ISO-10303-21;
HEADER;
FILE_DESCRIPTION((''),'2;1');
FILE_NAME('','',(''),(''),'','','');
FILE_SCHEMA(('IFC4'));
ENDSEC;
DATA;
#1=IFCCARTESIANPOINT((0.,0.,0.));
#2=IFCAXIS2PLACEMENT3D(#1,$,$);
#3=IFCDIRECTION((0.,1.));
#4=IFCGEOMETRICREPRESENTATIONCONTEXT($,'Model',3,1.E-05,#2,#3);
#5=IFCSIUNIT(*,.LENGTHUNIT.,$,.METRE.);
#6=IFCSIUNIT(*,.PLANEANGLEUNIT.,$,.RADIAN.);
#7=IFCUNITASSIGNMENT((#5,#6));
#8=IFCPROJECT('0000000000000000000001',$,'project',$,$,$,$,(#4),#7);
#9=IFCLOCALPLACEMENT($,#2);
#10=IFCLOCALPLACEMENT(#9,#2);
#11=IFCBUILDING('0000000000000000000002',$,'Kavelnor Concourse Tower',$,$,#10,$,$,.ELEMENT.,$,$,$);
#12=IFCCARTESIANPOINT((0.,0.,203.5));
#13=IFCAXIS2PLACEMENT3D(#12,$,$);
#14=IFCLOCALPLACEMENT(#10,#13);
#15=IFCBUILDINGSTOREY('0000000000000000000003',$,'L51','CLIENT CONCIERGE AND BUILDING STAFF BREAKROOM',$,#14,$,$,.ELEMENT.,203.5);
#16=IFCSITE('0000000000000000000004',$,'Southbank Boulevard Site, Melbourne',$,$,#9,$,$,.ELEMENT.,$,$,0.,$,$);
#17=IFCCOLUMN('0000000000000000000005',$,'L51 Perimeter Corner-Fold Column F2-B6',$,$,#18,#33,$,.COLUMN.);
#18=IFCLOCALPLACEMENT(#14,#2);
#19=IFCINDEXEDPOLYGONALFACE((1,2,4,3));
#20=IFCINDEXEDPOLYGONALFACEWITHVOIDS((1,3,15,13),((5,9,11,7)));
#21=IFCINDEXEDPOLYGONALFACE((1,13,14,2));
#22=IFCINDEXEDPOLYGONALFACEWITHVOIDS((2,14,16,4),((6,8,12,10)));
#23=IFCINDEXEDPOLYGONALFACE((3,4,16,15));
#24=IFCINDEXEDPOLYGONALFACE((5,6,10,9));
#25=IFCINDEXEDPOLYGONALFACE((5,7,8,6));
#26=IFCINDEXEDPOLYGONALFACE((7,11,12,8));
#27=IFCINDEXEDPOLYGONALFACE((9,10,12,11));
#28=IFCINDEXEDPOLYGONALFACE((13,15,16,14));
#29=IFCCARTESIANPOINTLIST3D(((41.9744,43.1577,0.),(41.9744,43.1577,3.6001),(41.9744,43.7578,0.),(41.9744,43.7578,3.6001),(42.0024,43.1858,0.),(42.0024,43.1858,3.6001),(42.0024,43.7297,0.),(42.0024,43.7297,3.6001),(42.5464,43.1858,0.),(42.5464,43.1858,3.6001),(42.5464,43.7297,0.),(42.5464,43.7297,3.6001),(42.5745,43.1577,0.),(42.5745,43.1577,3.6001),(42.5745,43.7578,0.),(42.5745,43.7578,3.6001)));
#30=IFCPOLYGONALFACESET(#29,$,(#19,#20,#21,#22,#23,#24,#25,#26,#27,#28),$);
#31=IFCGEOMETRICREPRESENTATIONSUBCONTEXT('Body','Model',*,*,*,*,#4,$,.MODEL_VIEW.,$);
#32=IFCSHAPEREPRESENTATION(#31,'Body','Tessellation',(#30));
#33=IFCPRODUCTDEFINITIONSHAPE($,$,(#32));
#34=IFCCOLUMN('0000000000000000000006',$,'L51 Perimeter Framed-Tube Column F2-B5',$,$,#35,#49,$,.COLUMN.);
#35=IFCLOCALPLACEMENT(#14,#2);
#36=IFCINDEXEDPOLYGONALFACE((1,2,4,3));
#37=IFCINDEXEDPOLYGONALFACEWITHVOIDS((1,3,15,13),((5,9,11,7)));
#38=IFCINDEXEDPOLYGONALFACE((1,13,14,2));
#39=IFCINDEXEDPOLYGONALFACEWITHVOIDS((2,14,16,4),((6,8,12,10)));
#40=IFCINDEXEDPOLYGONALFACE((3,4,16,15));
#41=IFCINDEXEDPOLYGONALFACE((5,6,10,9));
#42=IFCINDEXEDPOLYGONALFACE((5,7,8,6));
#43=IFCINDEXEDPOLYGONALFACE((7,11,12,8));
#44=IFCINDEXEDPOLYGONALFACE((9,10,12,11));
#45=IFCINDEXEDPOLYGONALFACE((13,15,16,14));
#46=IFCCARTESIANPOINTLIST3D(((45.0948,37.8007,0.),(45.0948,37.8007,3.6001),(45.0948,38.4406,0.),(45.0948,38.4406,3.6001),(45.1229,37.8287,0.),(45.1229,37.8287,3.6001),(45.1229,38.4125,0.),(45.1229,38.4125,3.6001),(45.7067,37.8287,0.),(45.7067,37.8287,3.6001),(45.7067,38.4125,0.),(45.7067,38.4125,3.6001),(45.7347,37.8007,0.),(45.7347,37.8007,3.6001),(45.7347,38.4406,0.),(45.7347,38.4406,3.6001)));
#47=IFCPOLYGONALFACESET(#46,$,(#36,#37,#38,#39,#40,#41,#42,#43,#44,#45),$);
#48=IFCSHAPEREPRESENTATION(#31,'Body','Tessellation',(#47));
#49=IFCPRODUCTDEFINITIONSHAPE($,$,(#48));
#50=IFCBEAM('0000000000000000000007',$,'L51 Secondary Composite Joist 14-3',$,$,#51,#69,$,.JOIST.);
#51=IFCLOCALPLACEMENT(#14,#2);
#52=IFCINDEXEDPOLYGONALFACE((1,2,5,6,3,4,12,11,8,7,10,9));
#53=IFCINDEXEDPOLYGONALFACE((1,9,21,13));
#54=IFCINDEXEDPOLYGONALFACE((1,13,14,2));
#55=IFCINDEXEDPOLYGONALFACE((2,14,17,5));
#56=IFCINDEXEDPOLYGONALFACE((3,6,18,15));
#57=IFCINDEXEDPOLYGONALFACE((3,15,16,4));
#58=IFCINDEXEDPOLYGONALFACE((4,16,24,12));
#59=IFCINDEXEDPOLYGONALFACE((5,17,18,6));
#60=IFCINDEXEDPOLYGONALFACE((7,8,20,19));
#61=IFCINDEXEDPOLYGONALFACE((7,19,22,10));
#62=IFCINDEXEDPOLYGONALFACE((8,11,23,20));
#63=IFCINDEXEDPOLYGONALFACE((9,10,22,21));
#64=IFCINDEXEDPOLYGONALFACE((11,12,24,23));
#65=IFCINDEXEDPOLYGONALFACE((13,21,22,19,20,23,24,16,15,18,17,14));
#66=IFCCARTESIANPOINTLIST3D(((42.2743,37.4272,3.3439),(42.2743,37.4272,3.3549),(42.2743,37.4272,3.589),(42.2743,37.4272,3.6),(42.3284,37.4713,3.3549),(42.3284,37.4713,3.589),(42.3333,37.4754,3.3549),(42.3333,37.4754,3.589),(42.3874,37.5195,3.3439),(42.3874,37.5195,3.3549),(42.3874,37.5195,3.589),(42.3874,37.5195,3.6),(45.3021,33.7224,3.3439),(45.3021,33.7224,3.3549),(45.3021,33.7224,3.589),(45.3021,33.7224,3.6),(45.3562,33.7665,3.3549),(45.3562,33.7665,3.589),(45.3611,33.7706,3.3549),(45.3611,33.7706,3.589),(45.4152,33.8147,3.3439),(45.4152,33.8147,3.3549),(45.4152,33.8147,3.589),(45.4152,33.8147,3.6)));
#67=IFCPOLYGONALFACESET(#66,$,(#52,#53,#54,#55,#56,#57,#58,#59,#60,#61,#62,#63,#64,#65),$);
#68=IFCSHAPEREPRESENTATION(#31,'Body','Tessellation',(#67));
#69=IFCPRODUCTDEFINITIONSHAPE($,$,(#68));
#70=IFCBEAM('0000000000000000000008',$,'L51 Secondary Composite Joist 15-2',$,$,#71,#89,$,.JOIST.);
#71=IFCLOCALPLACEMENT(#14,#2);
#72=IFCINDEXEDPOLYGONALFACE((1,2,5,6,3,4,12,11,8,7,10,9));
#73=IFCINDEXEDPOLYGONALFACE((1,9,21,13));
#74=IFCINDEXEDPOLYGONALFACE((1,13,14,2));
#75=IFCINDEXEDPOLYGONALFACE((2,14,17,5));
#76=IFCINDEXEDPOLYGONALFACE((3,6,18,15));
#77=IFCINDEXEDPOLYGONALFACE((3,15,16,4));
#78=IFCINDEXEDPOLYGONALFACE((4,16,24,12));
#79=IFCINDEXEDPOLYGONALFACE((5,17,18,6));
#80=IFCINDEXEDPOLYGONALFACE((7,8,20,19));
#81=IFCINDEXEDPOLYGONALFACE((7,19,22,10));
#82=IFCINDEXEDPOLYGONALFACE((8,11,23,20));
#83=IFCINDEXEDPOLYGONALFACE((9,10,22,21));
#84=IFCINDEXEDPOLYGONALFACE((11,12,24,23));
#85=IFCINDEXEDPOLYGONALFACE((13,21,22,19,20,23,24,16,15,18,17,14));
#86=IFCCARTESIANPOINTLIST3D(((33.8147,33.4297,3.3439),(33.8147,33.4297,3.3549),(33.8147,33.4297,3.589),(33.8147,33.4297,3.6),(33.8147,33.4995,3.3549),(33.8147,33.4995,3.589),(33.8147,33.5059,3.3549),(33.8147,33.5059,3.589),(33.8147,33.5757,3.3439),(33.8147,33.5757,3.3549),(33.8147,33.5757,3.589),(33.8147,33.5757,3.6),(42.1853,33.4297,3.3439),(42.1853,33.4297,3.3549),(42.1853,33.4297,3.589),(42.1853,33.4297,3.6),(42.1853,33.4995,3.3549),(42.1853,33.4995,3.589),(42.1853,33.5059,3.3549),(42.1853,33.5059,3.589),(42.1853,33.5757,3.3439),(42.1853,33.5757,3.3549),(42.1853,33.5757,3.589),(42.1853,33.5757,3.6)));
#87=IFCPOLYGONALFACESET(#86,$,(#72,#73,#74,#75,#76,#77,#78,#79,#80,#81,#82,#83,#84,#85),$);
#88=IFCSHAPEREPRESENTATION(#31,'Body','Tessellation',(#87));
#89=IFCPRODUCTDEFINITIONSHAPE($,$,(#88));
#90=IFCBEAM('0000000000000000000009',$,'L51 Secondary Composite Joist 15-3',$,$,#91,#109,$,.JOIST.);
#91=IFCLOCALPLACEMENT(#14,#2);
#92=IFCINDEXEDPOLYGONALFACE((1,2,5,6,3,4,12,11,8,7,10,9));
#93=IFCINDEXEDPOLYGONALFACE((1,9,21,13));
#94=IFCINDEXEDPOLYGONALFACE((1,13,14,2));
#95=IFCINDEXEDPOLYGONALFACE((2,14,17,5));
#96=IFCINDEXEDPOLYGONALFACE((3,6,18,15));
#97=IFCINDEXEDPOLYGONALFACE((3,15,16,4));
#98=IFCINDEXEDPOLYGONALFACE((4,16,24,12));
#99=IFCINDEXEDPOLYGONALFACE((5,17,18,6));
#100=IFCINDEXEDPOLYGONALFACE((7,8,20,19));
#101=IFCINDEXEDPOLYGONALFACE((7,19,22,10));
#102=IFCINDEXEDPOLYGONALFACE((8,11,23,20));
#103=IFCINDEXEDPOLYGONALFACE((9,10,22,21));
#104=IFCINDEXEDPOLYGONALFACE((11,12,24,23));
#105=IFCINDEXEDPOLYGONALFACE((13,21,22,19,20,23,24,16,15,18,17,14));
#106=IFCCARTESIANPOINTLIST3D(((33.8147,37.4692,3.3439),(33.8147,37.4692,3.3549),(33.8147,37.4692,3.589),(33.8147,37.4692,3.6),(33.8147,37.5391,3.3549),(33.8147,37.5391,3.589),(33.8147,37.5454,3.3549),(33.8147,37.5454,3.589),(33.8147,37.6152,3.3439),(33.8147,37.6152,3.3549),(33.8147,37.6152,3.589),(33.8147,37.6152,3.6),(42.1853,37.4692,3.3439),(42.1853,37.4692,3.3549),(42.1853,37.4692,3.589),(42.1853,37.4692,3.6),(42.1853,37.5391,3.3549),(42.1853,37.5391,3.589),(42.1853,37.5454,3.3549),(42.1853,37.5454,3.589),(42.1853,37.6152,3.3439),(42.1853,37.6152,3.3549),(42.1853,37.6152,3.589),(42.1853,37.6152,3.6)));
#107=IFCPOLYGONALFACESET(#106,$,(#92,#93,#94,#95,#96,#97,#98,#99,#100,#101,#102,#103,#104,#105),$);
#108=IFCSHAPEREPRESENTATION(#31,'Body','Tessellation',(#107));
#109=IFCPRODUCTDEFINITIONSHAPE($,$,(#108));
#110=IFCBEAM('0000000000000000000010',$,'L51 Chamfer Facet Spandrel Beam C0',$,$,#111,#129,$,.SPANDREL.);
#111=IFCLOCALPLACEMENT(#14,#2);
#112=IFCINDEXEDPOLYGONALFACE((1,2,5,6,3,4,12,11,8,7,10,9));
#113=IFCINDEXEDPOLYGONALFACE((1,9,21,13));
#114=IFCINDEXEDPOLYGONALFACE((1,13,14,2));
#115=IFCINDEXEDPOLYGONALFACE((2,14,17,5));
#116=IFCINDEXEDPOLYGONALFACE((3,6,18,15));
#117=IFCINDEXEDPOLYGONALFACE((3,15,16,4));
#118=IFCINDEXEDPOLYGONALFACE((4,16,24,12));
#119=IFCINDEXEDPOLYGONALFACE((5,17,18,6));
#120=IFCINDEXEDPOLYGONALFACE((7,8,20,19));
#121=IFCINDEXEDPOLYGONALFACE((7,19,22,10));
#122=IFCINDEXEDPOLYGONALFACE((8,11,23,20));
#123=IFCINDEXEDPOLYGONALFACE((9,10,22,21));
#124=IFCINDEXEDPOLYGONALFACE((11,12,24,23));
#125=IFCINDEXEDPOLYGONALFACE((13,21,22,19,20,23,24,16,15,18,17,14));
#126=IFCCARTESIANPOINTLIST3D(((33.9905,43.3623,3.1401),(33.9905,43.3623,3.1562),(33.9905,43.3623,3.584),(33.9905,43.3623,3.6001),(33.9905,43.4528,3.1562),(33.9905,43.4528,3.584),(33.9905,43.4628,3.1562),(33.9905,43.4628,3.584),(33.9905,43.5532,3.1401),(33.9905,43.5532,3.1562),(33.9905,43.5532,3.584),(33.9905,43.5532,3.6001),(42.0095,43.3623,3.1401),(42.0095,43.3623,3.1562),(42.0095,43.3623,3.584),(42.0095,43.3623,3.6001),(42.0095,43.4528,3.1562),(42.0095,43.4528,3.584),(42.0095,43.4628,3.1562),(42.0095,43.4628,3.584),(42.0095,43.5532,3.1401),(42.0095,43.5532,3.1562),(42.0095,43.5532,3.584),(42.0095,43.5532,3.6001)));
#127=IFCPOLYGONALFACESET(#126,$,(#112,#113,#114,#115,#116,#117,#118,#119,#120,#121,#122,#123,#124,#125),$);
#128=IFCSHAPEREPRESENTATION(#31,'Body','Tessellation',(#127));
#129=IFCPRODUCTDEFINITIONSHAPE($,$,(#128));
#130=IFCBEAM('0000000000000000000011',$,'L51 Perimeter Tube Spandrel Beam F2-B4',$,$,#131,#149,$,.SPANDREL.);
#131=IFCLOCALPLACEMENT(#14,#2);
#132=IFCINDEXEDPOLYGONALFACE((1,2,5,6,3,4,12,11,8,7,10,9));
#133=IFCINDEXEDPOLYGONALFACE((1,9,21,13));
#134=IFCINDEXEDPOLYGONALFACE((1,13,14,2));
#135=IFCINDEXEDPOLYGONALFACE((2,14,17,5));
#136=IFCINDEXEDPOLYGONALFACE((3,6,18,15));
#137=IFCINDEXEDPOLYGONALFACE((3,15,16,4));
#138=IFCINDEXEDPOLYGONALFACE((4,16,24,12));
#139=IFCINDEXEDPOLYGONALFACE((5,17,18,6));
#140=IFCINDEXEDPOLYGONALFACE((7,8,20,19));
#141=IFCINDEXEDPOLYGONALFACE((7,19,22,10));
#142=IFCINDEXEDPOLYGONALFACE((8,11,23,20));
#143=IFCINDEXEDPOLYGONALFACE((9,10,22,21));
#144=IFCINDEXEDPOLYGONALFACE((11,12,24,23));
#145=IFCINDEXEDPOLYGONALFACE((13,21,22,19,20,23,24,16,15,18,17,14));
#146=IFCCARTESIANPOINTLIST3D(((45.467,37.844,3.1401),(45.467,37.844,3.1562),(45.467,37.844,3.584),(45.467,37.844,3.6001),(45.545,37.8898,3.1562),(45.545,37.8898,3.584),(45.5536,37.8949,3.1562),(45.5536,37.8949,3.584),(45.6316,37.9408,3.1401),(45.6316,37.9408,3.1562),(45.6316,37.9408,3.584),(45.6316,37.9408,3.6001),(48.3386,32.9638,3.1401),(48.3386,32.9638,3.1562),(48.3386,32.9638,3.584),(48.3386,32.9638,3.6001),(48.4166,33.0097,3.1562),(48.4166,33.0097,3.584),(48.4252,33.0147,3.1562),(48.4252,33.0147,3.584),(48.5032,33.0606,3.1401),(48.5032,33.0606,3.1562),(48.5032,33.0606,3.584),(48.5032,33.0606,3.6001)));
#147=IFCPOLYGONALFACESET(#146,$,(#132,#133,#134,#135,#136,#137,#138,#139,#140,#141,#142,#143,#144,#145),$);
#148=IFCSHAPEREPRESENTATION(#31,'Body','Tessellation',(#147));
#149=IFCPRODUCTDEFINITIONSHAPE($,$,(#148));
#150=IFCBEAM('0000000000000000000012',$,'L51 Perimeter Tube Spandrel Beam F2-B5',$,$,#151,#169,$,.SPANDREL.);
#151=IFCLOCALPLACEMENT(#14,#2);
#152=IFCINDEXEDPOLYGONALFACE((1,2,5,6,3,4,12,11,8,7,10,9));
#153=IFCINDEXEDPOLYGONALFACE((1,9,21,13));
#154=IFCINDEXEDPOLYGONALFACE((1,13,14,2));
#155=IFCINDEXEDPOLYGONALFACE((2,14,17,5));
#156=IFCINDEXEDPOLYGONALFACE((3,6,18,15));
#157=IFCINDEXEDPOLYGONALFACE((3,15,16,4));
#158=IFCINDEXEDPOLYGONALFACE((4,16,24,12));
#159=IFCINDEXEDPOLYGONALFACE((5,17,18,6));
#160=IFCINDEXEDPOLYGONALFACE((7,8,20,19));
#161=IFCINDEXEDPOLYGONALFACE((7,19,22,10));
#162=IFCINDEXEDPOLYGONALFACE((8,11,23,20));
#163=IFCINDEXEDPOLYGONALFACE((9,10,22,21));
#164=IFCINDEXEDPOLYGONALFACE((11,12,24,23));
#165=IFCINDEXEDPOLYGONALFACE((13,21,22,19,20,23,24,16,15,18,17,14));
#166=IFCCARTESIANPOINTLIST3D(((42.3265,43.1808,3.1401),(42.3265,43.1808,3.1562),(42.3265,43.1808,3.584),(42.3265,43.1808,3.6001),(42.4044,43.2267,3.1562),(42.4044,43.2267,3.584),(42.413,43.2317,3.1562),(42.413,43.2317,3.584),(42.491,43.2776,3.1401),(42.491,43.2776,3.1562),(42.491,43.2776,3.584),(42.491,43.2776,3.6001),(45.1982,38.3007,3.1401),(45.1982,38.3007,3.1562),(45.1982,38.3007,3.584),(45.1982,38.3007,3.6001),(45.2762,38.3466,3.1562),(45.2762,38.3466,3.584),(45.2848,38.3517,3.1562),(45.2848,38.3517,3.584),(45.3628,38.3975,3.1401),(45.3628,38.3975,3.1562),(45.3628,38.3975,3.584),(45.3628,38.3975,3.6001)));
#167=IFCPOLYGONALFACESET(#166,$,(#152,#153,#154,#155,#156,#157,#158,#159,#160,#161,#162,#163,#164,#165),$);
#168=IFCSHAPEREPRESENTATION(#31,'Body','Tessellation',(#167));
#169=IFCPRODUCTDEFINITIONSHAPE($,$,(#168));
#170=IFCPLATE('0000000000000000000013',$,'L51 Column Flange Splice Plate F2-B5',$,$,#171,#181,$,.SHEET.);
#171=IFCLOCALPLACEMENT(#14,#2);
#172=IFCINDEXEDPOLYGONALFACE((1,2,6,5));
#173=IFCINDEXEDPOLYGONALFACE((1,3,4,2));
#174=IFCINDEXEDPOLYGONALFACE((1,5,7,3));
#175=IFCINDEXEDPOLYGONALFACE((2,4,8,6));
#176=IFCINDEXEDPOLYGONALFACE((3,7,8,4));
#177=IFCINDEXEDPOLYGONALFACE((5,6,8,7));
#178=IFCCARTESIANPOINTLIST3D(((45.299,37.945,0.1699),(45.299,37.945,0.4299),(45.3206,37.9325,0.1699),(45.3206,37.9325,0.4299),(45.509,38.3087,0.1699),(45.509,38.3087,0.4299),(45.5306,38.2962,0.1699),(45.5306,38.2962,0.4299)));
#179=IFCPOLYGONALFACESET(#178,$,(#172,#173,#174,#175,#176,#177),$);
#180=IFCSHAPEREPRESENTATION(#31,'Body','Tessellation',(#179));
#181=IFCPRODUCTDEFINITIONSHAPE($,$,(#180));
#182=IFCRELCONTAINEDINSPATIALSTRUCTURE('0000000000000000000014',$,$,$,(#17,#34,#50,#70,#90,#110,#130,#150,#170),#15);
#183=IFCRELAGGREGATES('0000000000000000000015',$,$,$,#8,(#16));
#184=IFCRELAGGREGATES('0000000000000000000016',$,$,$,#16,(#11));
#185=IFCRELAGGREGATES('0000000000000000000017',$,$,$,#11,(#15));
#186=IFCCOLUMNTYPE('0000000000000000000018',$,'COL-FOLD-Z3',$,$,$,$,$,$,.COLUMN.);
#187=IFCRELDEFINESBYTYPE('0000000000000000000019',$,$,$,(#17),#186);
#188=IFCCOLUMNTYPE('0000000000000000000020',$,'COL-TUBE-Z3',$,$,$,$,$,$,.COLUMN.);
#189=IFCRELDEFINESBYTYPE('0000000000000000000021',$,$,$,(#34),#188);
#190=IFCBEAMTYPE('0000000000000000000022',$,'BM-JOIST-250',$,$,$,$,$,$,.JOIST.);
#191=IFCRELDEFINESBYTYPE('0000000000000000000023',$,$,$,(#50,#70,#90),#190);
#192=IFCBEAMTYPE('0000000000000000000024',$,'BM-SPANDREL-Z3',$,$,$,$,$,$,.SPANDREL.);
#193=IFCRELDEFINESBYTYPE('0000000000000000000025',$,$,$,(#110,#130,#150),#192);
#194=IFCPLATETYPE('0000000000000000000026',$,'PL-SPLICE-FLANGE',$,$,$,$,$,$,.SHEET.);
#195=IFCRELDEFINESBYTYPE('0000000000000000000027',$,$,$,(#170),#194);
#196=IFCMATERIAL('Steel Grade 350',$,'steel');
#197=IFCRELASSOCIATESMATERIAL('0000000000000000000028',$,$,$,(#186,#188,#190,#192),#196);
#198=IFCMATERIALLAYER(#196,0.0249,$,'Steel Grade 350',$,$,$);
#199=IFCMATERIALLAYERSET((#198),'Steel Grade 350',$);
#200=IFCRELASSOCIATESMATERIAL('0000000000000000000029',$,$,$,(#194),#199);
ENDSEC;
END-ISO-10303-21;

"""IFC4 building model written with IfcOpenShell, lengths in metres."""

from ifc_helpers import new_model, si_unit, direction, frame, origin, origin_2d, place, context, subcontext, project, spatial, rectangle, hollow_rectangle, i_section, extrude, material, layer, layer_set, material_profile, profile_set, type_object, element, save


model = new_model("IFC4")

# Units and contexts
model_context = context("Model", 3, precision=1e-05, world=origin(), true_north=direction((0.0, 1.0)))
body_context = subcontext(model_context, "Body", "Model", "MODEL_VIEW")
ifc_project = project(units=[si_unit("LENGTHUNIT", "METRE"), si_unit("PLANEANGLEUNIT", "RADIAN")], contexts=[model_context])

# Site, building, storey
site_placement = place(None, origin())
site = spatial("IfcSite", under=ifc_project, at=site_placement, Name="Southbank Boulevard Site, Melbourne", CompositionType="ELEMENT", RefElevation=0.0)
building_placement = place(site_placement, origin())
building = spatial("IfcBuilding", under=site, at=building_placement, Name="Kavelnor Concourse Tower", CompositionType="ELEMENT")
storey_placement = place(building_placement, frame((0.0, 0.0, 203.5)))
storey = spatial("IfcBuildingStorey", under=building, at=storey_placement, Name="L51", Description="CLIENT CONCIERGE AND BUILDING STAFF BREAKROOM", CompositionType="ELEMENT", Elevation=203.5)

# Columns
ifc_material_1 = material(Name="Steel Grade 350", Category="steel")
ifc_material_profile_1 = material_profile(ifc_material_1, hollow_rectangle(XDim=0.6001, YDim=0.6001, WallThickness=0.0281, at=origin_2d()), Name="SHS 600x600x28")
ifc_profile_set_1 = profile_set([ifc_material_profile_1], Name="Steel Grade 350")
column_type_1 = type_object("IfcColumnType", Name="COL-FOLD-Z3", PredefinedType="COLUMN", material=ifc_profile_set_1)
column_1_placement = place(storey_placement, frame((42.2744, 43.4578, 0.0), z_axis=(0.0, 0.0, 1.0), x_axis=(1.0, 0.0, 0.0)))
element("IfcColumn", 1, at=column_1_placement, inside=storey, type_object=column_type_1, Name="L51 Perimeter Corner-Fold Column F2-B6", PredefinedType="COLUMN", context=body_context, shape_type="SweptSolid", body=[
    extrude(hollow_rectangle(XDim=0.6001, YDim=0.6001, WallThickness=0.0281, at=origin_2d()), origin(), (0.0, 0.0, 1.0), 3.6001),
])
ifc_material_profile_2 = material_profile(ifc_material_1, hollow_rectangle(XDim=0.6399, YDim=0.6399, WallThickness=0.0281, at=origin_2d()), Name="SHS 640x640x28")
ifc_profile_set_2 = profile_set([ifc_material_profile_2], Name="Steel Grade 350")
column_type_2 = type_object("IfcColumnType", Name="COL-TUBE-Z3", PredefinedType="COLUMN", material=ifc_profile_set_2)
column_2_placement = place(storey_placement, frame((45.4148, 38.1206, 0.0), z_axis=(0.0, 0.0, 1.0), x_axis=(1.0, 0.0, 0.0)))
element("IfcColumn", 2, at=column_2_placement, inside=storey, type_object=column_type_2, Name="L51 Perimeter Framed-Tube Column F2-B5", PredefinedType="COLUMN", context=body_context, shape_type="SweptSolid", body=[
    extrude(hollow_rectangle(XDim=0.6399, YDim=0.6399, WallThickness=0.0281, at=origin_2d()), origin(), (0.0, 0.0, 1.0), 3.6001),
])

# Beams
ifc_material_profile_3 = material_profile(ifc_material_1, i_section(OverallWidth=0.146, OverallDepth=0.2561, WebThickness=0.0063, FlangeThickness=0.011, at=origin_2d()), Name="250UB37")
ifc_profile_set_3 = profile_set([ifc_material_profile_3], Name="Steel Grade 350")
beam_type_1 = type_object("IfcBeamType", Name="BM-JOIST-250", PredefinedType="JOIST", material=ifc_profile_set_3)
beam_1_placement = place(storey_placement, frame((45.3586, 33.7686, 3.4719), z_axis=(-0.632813, 0.774305, 0.0), x_axis=(-0.774305, -0.632813, 0.0)))
element("IfcBeam", 3, at=beam_1_placement, inside=storey, type_object=beam_type_1, Name="L51 Secondary Composite Joist 14-3", PredefinedType="JOIST", context=body_context, shape_type="SweptSolid", body=[
    extrude(i_section(OverallWidth=0.146, OverallDepth=0.2561, WebThickness=0.0063, FlangeThickness=0.011, at=origin_2d()), origin(), (0.0, 0.0, 1.0), 4.7847),
])
for number, where, z_axis, x_axis, name in (
    (4, (42.1853, 33.5027, 3.4719), (-1.0, 0.0, 0.0), (0.0, -1.0, 0.0), "L51 Secondary Composite Joist 15-2"),
    (5, (42.1853, 37.5422, 3.4719), (-1.0, 0.0, 0.0), (0.0, -1.0, 0.0), "L51 Secondary Composite Joist 15-3"),
):
    element("IfcBeam", number, at=place(storey_placement, frame(where, z_axis=z_axis, x_axis=x_axis)), inside=storey, type_object=beam_type_1, Name=name, PredefinedType="JOIST", context=body_context, shape_type="SweptSolid", body=[
        extrude(i_section(OverallWidth=0.146, OverallDepth=0.2561, WebThickness=0.0063, FlangeThickness=0.011, at=origin_2d()), origin(), (0.0, 0.0, 1.0), 8.3706),
    ])
ifc_material_profile_4 = material_profile(ifc_material_1, i_section(OverallWidth=0.1909, OverallDepth=0.46, WebThickness=0.01, FlangeThickness=0.0161, at=origin_2d()), Name="460UB82")
ifc_profile_set_4 = profile_set([ifc_material_profile_4], Name="Steel Grade 350")
beam_type_2 = type_object("IfcBeamType", Name="BM-SPANDREL-Z3", PredefinedType="SPANDREL", material=ifc_profile_set_4)
beam_2_placement = place(storey_placement, frame((42.0095, 43.4578, 3.3701), z_axis=(-1.0, 0.0, 0.0), x_axis=(0.0, -1.0, 0.0)))
element("IfcBeam", 6, at=beam_2_placement, inside=storey, type_object=beam_type_2, Name="L51 Chamfer Facet Spandrel Beam C0", PredefinedType="SPANDREL", context=body_context, shape_type="SweptSolid", body=[
    extrude(i_section(OverallWidth=0.1909, OverallDepth=0.46, WebThickness=0.01, FlangeThickness=0.0161, at=origin_2d()), origin(), (0.0, 0.0, 1.0), 8.019),
])
for number, where, z_axis, x_axis, name in (
    (7, (48.4209, 33.0122, 3.3701), (-0.507141, 0.861863, 0.0), (-0.861863, -0.507141, 0.0), "L51 Perimeter Tube Spandrel Beam F2-B4"),
    (8, (45.2805, 38.3491, 3.3701), (-0.507173, 0.861844, 0.0), (-0.861844, -0.507173, 0.0), "L51 Perimeter Tube Spandrel Beam F2-B5"),
):
    element("IfcBeam", number, at=place(storey_placement, frame(where, z_axis=z_axis, x_axis=x_axis)), inside=storey, type_object=beam_type_2, Name=name, PredefinedType="SPANDREL", context=body_context, shape_type="SweptSolid", body=[
        extrude(i_section(OverallWidth=0.1909, OverallDepth=0.46, WebThickness=0.01, FlangeThickness=0.0161, at=origin_2d()), origin(), (0.0, 0.0, 1.0), 5.6624),
    ])

# Plate
ifc_layer_1 = layer(ifc_material_1, 0.0249, Name="Steel Grade 350")
ifc_layer_set_1 = layer_set([ifc_layer_1], Name="Steel Grade 350")
plate_type = type_object("IfcPlateType", Name="PL-SPLICE-FLANGE", PredefinedType="SHEET", material=ifc_layer_set_1)
plate_placement = place(storey_placement, frame((45.4148, 38.1206, 0.1699), z_axis=(0.0, 0.0, 1.0), x_axis=(-0.5, -0.866025, 0.0)))
element("IfcPlate", 9, at=plate_placement, inside=storey, type_object=plate_type, Name="L51 Column Flange Splice Plate F2-B5", PredefinedType="SHEET", context=body_context, shape_type="SweptSolid", body=[
    extrude(rectangle(XDim=0.4199, YDim=0.0249, at=origin_2d()), origin(), (0.0, 0.0, 1.0), 0.26),
])

save(model, "model.ifc")
